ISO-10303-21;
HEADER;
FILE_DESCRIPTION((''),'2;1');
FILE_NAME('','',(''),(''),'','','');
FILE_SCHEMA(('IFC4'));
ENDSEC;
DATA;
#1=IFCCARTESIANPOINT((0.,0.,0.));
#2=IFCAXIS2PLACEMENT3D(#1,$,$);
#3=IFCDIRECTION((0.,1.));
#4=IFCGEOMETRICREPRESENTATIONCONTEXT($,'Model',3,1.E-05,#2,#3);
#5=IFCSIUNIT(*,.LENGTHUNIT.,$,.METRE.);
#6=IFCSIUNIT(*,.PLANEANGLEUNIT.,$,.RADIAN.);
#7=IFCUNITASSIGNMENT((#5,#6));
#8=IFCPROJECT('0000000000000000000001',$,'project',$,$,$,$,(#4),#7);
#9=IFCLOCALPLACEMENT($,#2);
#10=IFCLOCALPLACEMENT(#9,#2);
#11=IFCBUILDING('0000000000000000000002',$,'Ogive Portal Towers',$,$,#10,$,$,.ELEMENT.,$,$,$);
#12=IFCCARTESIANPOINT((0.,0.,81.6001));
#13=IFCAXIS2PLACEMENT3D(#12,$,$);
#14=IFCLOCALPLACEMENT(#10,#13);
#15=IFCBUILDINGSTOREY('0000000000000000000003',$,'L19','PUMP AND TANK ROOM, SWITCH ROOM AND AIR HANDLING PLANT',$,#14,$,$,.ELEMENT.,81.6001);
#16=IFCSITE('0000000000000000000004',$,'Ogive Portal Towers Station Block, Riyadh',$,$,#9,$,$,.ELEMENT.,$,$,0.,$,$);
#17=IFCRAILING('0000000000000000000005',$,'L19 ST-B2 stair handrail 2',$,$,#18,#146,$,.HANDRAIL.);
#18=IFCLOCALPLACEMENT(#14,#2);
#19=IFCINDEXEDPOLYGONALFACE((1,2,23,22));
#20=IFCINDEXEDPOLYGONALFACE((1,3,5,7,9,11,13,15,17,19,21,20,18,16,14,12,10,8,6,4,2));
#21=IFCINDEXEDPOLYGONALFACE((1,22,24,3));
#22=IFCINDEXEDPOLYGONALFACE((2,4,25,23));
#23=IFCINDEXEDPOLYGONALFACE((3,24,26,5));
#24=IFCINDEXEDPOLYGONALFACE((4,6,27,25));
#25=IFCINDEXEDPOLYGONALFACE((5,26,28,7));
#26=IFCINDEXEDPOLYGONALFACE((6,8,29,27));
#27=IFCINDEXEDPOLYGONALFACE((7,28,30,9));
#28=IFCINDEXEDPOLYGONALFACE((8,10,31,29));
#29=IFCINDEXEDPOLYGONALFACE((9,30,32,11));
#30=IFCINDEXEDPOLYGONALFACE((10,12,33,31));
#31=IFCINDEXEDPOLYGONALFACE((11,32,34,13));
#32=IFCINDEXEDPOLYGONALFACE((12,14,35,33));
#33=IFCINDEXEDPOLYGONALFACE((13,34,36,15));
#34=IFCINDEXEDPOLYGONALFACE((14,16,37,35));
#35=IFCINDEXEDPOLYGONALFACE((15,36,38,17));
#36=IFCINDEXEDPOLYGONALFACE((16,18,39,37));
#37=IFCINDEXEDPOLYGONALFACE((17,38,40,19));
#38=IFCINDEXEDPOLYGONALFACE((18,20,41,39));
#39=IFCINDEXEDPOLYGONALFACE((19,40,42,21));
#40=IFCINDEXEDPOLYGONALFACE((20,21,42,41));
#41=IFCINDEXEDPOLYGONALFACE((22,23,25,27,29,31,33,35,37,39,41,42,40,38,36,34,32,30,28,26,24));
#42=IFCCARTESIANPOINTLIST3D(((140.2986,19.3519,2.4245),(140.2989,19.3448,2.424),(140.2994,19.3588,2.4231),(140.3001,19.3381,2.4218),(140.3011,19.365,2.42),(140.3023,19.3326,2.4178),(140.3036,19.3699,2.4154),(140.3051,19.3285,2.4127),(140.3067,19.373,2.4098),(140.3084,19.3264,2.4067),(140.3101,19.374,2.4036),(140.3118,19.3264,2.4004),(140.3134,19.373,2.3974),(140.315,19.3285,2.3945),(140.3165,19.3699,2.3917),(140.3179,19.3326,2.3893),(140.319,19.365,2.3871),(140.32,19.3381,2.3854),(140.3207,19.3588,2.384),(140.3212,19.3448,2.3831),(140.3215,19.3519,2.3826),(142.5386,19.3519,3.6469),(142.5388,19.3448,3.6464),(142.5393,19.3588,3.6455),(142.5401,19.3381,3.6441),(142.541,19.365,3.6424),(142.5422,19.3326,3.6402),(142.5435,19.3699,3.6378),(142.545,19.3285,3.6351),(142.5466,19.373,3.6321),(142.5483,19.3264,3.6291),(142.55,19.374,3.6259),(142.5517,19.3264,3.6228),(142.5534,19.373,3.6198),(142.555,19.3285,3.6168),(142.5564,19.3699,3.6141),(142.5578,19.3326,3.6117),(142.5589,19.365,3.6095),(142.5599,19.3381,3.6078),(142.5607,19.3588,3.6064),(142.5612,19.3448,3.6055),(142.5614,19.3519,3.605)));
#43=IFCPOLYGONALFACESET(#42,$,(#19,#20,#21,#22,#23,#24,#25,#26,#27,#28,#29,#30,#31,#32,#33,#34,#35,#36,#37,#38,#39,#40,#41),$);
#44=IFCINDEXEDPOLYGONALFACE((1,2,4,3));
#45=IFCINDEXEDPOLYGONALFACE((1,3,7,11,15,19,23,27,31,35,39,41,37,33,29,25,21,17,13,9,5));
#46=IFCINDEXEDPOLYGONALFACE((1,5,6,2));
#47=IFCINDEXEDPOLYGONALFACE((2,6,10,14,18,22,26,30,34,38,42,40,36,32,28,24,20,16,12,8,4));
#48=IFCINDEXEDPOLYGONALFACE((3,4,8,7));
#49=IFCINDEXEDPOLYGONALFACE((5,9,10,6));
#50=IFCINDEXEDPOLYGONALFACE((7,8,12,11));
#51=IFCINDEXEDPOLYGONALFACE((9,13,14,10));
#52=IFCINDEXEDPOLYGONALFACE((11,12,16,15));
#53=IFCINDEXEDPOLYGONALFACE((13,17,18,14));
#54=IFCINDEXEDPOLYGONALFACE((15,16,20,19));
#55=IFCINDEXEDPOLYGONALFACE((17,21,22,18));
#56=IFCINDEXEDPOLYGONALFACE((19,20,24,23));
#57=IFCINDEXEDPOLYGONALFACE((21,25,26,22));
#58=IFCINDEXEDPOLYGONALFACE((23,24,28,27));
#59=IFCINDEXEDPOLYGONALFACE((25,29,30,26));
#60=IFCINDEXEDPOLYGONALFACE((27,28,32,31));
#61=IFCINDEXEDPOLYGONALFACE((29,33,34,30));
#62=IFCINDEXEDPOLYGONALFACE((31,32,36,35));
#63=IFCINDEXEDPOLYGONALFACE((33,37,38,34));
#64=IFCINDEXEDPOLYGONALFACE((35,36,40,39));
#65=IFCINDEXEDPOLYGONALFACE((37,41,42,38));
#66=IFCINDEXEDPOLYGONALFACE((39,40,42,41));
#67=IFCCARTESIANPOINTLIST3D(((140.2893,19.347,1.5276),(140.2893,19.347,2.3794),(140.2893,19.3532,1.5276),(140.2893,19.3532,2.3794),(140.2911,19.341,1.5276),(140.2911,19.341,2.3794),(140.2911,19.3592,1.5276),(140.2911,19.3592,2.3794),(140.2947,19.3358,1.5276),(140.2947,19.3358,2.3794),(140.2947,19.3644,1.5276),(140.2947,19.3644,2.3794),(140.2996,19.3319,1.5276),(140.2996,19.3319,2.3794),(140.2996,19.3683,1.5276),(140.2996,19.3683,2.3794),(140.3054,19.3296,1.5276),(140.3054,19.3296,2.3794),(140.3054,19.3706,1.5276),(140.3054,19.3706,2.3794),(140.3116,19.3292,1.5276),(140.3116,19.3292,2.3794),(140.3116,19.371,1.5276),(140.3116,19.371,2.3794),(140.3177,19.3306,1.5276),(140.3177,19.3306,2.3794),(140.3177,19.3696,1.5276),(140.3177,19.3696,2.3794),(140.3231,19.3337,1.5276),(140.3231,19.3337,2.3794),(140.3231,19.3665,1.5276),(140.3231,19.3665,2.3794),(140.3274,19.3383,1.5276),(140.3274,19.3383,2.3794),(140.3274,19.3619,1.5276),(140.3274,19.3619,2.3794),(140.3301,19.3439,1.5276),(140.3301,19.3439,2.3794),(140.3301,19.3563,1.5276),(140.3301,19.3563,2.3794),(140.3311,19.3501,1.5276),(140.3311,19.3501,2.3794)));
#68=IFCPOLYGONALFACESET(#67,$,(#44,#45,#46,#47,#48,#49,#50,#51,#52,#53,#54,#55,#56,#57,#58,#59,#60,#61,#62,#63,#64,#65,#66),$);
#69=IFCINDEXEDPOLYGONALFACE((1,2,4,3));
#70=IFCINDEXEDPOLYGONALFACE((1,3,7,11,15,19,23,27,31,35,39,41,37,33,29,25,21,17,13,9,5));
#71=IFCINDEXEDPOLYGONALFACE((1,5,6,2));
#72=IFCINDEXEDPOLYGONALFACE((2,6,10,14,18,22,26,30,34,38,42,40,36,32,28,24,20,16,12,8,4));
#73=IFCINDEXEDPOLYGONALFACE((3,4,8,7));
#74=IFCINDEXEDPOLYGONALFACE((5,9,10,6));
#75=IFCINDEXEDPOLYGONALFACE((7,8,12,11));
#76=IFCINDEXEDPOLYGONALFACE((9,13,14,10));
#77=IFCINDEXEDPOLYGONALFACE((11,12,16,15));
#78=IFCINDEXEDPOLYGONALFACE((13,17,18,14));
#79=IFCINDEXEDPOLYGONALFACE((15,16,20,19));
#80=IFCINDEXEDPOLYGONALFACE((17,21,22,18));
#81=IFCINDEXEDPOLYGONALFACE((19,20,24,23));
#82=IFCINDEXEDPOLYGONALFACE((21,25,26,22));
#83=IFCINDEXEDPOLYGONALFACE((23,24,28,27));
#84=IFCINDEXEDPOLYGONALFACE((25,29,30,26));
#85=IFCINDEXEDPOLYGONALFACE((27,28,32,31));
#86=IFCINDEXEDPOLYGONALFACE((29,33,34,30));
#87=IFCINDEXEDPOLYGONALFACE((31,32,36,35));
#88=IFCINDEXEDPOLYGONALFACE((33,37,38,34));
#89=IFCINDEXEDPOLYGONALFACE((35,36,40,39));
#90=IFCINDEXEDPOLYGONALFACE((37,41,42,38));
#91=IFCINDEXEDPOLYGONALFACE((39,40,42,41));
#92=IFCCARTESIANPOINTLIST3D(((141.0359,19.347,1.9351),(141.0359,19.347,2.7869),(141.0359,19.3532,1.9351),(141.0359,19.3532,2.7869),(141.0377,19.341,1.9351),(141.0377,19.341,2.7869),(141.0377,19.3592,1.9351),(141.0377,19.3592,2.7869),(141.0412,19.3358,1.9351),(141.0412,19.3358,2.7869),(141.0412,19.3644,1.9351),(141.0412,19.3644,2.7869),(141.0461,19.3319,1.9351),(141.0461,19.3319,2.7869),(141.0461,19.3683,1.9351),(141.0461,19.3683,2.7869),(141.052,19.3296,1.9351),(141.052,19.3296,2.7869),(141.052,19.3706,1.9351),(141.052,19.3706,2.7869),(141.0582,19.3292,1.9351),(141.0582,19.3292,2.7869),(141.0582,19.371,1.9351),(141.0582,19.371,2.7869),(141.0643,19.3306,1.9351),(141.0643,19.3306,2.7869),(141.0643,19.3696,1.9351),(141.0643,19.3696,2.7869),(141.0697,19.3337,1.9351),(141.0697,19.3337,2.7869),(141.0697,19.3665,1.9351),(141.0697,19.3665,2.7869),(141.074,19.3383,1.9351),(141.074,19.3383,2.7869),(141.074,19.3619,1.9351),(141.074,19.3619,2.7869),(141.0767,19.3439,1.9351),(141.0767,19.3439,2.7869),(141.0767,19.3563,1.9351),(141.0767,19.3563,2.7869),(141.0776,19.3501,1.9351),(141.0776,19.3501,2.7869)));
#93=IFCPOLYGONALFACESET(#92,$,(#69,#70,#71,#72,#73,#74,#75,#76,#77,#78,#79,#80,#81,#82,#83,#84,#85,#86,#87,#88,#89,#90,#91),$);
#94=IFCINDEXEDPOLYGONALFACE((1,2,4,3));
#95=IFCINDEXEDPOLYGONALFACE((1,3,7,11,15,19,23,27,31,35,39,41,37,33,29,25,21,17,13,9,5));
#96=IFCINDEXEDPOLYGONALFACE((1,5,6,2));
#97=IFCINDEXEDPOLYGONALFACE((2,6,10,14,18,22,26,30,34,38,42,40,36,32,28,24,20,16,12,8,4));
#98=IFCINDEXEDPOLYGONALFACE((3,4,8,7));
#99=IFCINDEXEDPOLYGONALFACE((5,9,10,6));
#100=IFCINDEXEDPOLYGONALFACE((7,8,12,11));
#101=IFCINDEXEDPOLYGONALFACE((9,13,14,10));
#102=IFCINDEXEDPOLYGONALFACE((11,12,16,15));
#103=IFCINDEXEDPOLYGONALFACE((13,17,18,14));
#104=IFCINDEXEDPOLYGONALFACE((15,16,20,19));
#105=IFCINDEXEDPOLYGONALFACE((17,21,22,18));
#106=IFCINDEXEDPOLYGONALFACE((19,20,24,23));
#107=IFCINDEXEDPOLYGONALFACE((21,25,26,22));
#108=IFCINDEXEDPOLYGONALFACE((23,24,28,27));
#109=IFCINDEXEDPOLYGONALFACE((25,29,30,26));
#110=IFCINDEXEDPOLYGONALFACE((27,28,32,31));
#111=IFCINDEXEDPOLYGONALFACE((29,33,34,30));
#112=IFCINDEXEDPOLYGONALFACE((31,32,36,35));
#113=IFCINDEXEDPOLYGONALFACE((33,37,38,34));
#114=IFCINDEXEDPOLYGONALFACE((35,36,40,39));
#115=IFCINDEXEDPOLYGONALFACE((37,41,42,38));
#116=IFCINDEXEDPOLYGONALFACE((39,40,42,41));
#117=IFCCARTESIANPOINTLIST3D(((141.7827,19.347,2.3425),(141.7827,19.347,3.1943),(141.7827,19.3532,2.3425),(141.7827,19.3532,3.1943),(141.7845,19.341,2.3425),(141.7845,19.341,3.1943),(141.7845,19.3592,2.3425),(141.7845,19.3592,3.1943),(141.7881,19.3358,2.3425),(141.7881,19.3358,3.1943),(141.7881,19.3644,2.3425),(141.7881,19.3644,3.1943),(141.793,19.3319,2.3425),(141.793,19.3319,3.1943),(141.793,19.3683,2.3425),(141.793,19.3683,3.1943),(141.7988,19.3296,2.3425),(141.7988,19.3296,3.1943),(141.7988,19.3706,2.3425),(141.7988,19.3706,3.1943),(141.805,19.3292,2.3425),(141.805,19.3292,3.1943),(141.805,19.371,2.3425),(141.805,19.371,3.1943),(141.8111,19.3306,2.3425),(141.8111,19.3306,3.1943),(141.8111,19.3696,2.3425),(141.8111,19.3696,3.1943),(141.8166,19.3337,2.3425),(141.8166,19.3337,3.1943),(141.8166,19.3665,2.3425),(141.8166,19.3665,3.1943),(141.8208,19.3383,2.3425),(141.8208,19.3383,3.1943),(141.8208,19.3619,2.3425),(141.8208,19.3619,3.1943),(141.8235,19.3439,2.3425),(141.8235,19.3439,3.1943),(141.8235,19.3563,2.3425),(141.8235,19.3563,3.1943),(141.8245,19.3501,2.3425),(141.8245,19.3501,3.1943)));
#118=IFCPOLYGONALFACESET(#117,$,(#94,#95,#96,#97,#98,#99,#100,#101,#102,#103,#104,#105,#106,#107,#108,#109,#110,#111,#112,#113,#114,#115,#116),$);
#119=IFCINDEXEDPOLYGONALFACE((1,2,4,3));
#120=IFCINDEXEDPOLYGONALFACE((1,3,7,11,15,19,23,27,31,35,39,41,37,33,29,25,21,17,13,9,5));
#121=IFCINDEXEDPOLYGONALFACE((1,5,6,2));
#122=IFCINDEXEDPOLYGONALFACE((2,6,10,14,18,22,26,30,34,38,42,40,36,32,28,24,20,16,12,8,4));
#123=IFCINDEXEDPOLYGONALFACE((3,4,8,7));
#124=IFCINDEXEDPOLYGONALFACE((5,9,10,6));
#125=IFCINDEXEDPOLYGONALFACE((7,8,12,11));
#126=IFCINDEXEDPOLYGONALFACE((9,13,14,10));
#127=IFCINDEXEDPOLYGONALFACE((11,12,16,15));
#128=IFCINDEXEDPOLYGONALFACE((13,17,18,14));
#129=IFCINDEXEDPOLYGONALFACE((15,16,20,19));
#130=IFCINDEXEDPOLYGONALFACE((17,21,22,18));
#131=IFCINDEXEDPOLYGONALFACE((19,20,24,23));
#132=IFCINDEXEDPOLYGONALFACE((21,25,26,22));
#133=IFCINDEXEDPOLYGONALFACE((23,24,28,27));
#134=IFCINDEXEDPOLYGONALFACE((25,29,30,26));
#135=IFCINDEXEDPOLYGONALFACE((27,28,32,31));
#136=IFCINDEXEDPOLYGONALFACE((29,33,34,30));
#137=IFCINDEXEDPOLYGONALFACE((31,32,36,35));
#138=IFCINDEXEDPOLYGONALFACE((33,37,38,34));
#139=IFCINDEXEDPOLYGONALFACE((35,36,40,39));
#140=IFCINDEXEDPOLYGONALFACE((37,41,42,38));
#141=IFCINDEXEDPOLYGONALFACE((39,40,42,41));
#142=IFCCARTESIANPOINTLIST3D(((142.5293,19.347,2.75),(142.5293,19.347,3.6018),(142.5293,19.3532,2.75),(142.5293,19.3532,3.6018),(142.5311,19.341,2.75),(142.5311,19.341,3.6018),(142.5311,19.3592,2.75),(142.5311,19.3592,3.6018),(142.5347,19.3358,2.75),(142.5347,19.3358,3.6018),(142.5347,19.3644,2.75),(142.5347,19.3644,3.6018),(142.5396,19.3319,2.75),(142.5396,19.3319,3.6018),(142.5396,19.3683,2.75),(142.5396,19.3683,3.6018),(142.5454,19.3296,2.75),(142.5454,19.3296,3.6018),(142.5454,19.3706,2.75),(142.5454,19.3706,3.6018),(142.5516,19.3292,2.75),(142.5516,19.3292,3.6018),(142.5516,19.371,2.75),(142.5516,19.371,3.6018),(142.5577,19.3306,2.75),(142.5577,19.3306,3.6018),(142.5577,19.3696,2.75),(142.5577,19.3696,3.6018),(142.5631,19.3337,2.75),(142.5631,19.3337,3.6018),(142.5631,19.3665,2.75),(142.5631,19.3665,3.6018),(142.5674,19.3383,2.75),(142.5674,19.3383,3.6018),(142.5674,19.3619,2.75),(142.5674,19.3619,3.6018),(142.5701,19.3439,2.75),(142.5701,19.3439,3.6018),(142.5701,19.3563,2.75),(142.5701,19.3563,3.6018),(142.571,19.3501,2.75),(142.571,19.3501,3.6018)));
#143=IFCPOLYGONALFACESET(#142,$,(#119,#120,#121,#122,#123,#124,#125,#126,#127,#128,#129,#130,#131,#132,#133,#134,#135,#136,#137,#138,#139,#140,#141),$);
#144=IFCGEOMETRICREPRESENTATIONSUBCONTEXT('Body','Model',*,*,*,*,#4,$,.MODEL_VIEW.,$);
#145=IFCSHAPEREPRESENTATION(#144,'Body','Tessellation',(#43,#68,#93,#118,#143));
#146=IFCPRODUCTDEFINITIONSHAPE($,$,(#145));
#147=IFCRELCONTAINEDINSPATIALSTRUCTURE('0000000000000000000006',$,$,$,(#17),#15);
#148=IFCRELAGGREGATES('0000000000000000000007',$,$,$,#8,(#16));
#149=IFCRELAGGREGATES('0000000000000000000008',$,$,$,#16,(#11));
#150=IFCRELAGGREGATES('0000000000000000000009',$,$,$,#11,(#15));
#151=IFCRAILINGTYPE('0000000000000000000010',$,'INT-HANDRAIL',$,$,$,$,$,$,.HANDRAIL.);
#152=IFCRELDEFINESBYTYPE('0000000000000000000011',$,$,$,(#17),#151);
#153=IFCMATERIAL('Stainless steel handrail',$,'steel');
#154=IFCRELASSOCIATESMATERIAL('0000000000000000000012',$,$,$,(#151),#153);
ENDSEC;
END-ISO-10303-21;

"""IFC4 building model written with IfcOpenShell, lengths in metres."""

from ifc_helpers import new_model, si_unit, direction, frame, origin, origin_2d, place, context, subcontext, project, spatial, circle, extrude, material, type_object, element, save


model = new_model("IFC4")

# Units and contexts
model_context = context("Model", 3, precision=1e-05, world=origin(), true_north=direction((0.0, 1.0)))
body_context = subcontext(model_context, "Body", "Model", "MODEL_VIEW")
ifc_project = project(units=[si_unit("LENGTHUNIT", "METRE"), si_unit("PLANEANGLEUNIT", "RADIAN")], contexts=[model_context])

# Site, building, storey
site_placement = place(None, origin())
site = spatial("IfcSite", under=ifc_project, at=site_placement, Name="Ogive Portal Towers Station Block, Riyadh", CompositionType="ELEMENT", RefElevation=0.0)
building_placement = place(site_placement, origin())
building = spatial("IfcBuilding", under=site, at=building_placement, Name="Ogive Portal Towers", CompositionType="ELEMENT")
storey_placement = place(building_placement, frame((0.0, 0.0, 81.6001)))
storey = spatial("IfcBuildingStorey", under=building, at=storey_placement, Name="L19", Description="PUMP AND TANK ROOM, SWITCH ROOM AND AIR HANDLING PLANT", CompositionType="ELEMENT", Elevation=81.6001)

# Railing
ifc_material_1 = material(Name="Stainless steel handrail", Category="steel")
railing_type_1 = type_object("IfcRailingType", Name="INT-HANDRAIL", PredefinedType="HANDRAIL", material=ifc_material_1)
railing_1_placement = place(storey_placement, frame((140.3101, 19.3501, 1.5276)))
element("IfcRailing", 1, at=railing_1_placement, inside=storey, type_object=railing_type_1, Name="L19 ST-B2 stair handrail 2", PredefinedType="HANDRAIL", context=body_context, shape_type="SweptSolid", body=[
    extrude(circle(Radius=0.0239, at=origin_2d()), frame((0.0, 0.0, 0.876), z_axis=(0.877797, 0.0, 0.479033), x_axis=(0.0, 1.0, 0.0)), (0.0, 0.0, 1.0), 2.5518),
    extrude(circle(Radius=0.021, at=origin_2d()), origin(), (0.0, 0.0, 1.0), 0.8518),
    extrude(circle(Radius=0.021, at=origin_2d()), frame((0.7466, 0.0, 0.4075)), (0.0, 0.0, 1.0), 0.8518),
    extrude(circle(Radius=0.021, at=origin_2d()), frame((1.4934, 0.0, 0.8149)), (0.0, 0.0, 1.0), 0.8518),
    extrude(circle(Radius=0.021, at=origin_2d()), frame((2.24, 0.0, 1.2224)), (0.0, 0.0, 1.0), 0.8518),
])

save(model, "model.ifc")
